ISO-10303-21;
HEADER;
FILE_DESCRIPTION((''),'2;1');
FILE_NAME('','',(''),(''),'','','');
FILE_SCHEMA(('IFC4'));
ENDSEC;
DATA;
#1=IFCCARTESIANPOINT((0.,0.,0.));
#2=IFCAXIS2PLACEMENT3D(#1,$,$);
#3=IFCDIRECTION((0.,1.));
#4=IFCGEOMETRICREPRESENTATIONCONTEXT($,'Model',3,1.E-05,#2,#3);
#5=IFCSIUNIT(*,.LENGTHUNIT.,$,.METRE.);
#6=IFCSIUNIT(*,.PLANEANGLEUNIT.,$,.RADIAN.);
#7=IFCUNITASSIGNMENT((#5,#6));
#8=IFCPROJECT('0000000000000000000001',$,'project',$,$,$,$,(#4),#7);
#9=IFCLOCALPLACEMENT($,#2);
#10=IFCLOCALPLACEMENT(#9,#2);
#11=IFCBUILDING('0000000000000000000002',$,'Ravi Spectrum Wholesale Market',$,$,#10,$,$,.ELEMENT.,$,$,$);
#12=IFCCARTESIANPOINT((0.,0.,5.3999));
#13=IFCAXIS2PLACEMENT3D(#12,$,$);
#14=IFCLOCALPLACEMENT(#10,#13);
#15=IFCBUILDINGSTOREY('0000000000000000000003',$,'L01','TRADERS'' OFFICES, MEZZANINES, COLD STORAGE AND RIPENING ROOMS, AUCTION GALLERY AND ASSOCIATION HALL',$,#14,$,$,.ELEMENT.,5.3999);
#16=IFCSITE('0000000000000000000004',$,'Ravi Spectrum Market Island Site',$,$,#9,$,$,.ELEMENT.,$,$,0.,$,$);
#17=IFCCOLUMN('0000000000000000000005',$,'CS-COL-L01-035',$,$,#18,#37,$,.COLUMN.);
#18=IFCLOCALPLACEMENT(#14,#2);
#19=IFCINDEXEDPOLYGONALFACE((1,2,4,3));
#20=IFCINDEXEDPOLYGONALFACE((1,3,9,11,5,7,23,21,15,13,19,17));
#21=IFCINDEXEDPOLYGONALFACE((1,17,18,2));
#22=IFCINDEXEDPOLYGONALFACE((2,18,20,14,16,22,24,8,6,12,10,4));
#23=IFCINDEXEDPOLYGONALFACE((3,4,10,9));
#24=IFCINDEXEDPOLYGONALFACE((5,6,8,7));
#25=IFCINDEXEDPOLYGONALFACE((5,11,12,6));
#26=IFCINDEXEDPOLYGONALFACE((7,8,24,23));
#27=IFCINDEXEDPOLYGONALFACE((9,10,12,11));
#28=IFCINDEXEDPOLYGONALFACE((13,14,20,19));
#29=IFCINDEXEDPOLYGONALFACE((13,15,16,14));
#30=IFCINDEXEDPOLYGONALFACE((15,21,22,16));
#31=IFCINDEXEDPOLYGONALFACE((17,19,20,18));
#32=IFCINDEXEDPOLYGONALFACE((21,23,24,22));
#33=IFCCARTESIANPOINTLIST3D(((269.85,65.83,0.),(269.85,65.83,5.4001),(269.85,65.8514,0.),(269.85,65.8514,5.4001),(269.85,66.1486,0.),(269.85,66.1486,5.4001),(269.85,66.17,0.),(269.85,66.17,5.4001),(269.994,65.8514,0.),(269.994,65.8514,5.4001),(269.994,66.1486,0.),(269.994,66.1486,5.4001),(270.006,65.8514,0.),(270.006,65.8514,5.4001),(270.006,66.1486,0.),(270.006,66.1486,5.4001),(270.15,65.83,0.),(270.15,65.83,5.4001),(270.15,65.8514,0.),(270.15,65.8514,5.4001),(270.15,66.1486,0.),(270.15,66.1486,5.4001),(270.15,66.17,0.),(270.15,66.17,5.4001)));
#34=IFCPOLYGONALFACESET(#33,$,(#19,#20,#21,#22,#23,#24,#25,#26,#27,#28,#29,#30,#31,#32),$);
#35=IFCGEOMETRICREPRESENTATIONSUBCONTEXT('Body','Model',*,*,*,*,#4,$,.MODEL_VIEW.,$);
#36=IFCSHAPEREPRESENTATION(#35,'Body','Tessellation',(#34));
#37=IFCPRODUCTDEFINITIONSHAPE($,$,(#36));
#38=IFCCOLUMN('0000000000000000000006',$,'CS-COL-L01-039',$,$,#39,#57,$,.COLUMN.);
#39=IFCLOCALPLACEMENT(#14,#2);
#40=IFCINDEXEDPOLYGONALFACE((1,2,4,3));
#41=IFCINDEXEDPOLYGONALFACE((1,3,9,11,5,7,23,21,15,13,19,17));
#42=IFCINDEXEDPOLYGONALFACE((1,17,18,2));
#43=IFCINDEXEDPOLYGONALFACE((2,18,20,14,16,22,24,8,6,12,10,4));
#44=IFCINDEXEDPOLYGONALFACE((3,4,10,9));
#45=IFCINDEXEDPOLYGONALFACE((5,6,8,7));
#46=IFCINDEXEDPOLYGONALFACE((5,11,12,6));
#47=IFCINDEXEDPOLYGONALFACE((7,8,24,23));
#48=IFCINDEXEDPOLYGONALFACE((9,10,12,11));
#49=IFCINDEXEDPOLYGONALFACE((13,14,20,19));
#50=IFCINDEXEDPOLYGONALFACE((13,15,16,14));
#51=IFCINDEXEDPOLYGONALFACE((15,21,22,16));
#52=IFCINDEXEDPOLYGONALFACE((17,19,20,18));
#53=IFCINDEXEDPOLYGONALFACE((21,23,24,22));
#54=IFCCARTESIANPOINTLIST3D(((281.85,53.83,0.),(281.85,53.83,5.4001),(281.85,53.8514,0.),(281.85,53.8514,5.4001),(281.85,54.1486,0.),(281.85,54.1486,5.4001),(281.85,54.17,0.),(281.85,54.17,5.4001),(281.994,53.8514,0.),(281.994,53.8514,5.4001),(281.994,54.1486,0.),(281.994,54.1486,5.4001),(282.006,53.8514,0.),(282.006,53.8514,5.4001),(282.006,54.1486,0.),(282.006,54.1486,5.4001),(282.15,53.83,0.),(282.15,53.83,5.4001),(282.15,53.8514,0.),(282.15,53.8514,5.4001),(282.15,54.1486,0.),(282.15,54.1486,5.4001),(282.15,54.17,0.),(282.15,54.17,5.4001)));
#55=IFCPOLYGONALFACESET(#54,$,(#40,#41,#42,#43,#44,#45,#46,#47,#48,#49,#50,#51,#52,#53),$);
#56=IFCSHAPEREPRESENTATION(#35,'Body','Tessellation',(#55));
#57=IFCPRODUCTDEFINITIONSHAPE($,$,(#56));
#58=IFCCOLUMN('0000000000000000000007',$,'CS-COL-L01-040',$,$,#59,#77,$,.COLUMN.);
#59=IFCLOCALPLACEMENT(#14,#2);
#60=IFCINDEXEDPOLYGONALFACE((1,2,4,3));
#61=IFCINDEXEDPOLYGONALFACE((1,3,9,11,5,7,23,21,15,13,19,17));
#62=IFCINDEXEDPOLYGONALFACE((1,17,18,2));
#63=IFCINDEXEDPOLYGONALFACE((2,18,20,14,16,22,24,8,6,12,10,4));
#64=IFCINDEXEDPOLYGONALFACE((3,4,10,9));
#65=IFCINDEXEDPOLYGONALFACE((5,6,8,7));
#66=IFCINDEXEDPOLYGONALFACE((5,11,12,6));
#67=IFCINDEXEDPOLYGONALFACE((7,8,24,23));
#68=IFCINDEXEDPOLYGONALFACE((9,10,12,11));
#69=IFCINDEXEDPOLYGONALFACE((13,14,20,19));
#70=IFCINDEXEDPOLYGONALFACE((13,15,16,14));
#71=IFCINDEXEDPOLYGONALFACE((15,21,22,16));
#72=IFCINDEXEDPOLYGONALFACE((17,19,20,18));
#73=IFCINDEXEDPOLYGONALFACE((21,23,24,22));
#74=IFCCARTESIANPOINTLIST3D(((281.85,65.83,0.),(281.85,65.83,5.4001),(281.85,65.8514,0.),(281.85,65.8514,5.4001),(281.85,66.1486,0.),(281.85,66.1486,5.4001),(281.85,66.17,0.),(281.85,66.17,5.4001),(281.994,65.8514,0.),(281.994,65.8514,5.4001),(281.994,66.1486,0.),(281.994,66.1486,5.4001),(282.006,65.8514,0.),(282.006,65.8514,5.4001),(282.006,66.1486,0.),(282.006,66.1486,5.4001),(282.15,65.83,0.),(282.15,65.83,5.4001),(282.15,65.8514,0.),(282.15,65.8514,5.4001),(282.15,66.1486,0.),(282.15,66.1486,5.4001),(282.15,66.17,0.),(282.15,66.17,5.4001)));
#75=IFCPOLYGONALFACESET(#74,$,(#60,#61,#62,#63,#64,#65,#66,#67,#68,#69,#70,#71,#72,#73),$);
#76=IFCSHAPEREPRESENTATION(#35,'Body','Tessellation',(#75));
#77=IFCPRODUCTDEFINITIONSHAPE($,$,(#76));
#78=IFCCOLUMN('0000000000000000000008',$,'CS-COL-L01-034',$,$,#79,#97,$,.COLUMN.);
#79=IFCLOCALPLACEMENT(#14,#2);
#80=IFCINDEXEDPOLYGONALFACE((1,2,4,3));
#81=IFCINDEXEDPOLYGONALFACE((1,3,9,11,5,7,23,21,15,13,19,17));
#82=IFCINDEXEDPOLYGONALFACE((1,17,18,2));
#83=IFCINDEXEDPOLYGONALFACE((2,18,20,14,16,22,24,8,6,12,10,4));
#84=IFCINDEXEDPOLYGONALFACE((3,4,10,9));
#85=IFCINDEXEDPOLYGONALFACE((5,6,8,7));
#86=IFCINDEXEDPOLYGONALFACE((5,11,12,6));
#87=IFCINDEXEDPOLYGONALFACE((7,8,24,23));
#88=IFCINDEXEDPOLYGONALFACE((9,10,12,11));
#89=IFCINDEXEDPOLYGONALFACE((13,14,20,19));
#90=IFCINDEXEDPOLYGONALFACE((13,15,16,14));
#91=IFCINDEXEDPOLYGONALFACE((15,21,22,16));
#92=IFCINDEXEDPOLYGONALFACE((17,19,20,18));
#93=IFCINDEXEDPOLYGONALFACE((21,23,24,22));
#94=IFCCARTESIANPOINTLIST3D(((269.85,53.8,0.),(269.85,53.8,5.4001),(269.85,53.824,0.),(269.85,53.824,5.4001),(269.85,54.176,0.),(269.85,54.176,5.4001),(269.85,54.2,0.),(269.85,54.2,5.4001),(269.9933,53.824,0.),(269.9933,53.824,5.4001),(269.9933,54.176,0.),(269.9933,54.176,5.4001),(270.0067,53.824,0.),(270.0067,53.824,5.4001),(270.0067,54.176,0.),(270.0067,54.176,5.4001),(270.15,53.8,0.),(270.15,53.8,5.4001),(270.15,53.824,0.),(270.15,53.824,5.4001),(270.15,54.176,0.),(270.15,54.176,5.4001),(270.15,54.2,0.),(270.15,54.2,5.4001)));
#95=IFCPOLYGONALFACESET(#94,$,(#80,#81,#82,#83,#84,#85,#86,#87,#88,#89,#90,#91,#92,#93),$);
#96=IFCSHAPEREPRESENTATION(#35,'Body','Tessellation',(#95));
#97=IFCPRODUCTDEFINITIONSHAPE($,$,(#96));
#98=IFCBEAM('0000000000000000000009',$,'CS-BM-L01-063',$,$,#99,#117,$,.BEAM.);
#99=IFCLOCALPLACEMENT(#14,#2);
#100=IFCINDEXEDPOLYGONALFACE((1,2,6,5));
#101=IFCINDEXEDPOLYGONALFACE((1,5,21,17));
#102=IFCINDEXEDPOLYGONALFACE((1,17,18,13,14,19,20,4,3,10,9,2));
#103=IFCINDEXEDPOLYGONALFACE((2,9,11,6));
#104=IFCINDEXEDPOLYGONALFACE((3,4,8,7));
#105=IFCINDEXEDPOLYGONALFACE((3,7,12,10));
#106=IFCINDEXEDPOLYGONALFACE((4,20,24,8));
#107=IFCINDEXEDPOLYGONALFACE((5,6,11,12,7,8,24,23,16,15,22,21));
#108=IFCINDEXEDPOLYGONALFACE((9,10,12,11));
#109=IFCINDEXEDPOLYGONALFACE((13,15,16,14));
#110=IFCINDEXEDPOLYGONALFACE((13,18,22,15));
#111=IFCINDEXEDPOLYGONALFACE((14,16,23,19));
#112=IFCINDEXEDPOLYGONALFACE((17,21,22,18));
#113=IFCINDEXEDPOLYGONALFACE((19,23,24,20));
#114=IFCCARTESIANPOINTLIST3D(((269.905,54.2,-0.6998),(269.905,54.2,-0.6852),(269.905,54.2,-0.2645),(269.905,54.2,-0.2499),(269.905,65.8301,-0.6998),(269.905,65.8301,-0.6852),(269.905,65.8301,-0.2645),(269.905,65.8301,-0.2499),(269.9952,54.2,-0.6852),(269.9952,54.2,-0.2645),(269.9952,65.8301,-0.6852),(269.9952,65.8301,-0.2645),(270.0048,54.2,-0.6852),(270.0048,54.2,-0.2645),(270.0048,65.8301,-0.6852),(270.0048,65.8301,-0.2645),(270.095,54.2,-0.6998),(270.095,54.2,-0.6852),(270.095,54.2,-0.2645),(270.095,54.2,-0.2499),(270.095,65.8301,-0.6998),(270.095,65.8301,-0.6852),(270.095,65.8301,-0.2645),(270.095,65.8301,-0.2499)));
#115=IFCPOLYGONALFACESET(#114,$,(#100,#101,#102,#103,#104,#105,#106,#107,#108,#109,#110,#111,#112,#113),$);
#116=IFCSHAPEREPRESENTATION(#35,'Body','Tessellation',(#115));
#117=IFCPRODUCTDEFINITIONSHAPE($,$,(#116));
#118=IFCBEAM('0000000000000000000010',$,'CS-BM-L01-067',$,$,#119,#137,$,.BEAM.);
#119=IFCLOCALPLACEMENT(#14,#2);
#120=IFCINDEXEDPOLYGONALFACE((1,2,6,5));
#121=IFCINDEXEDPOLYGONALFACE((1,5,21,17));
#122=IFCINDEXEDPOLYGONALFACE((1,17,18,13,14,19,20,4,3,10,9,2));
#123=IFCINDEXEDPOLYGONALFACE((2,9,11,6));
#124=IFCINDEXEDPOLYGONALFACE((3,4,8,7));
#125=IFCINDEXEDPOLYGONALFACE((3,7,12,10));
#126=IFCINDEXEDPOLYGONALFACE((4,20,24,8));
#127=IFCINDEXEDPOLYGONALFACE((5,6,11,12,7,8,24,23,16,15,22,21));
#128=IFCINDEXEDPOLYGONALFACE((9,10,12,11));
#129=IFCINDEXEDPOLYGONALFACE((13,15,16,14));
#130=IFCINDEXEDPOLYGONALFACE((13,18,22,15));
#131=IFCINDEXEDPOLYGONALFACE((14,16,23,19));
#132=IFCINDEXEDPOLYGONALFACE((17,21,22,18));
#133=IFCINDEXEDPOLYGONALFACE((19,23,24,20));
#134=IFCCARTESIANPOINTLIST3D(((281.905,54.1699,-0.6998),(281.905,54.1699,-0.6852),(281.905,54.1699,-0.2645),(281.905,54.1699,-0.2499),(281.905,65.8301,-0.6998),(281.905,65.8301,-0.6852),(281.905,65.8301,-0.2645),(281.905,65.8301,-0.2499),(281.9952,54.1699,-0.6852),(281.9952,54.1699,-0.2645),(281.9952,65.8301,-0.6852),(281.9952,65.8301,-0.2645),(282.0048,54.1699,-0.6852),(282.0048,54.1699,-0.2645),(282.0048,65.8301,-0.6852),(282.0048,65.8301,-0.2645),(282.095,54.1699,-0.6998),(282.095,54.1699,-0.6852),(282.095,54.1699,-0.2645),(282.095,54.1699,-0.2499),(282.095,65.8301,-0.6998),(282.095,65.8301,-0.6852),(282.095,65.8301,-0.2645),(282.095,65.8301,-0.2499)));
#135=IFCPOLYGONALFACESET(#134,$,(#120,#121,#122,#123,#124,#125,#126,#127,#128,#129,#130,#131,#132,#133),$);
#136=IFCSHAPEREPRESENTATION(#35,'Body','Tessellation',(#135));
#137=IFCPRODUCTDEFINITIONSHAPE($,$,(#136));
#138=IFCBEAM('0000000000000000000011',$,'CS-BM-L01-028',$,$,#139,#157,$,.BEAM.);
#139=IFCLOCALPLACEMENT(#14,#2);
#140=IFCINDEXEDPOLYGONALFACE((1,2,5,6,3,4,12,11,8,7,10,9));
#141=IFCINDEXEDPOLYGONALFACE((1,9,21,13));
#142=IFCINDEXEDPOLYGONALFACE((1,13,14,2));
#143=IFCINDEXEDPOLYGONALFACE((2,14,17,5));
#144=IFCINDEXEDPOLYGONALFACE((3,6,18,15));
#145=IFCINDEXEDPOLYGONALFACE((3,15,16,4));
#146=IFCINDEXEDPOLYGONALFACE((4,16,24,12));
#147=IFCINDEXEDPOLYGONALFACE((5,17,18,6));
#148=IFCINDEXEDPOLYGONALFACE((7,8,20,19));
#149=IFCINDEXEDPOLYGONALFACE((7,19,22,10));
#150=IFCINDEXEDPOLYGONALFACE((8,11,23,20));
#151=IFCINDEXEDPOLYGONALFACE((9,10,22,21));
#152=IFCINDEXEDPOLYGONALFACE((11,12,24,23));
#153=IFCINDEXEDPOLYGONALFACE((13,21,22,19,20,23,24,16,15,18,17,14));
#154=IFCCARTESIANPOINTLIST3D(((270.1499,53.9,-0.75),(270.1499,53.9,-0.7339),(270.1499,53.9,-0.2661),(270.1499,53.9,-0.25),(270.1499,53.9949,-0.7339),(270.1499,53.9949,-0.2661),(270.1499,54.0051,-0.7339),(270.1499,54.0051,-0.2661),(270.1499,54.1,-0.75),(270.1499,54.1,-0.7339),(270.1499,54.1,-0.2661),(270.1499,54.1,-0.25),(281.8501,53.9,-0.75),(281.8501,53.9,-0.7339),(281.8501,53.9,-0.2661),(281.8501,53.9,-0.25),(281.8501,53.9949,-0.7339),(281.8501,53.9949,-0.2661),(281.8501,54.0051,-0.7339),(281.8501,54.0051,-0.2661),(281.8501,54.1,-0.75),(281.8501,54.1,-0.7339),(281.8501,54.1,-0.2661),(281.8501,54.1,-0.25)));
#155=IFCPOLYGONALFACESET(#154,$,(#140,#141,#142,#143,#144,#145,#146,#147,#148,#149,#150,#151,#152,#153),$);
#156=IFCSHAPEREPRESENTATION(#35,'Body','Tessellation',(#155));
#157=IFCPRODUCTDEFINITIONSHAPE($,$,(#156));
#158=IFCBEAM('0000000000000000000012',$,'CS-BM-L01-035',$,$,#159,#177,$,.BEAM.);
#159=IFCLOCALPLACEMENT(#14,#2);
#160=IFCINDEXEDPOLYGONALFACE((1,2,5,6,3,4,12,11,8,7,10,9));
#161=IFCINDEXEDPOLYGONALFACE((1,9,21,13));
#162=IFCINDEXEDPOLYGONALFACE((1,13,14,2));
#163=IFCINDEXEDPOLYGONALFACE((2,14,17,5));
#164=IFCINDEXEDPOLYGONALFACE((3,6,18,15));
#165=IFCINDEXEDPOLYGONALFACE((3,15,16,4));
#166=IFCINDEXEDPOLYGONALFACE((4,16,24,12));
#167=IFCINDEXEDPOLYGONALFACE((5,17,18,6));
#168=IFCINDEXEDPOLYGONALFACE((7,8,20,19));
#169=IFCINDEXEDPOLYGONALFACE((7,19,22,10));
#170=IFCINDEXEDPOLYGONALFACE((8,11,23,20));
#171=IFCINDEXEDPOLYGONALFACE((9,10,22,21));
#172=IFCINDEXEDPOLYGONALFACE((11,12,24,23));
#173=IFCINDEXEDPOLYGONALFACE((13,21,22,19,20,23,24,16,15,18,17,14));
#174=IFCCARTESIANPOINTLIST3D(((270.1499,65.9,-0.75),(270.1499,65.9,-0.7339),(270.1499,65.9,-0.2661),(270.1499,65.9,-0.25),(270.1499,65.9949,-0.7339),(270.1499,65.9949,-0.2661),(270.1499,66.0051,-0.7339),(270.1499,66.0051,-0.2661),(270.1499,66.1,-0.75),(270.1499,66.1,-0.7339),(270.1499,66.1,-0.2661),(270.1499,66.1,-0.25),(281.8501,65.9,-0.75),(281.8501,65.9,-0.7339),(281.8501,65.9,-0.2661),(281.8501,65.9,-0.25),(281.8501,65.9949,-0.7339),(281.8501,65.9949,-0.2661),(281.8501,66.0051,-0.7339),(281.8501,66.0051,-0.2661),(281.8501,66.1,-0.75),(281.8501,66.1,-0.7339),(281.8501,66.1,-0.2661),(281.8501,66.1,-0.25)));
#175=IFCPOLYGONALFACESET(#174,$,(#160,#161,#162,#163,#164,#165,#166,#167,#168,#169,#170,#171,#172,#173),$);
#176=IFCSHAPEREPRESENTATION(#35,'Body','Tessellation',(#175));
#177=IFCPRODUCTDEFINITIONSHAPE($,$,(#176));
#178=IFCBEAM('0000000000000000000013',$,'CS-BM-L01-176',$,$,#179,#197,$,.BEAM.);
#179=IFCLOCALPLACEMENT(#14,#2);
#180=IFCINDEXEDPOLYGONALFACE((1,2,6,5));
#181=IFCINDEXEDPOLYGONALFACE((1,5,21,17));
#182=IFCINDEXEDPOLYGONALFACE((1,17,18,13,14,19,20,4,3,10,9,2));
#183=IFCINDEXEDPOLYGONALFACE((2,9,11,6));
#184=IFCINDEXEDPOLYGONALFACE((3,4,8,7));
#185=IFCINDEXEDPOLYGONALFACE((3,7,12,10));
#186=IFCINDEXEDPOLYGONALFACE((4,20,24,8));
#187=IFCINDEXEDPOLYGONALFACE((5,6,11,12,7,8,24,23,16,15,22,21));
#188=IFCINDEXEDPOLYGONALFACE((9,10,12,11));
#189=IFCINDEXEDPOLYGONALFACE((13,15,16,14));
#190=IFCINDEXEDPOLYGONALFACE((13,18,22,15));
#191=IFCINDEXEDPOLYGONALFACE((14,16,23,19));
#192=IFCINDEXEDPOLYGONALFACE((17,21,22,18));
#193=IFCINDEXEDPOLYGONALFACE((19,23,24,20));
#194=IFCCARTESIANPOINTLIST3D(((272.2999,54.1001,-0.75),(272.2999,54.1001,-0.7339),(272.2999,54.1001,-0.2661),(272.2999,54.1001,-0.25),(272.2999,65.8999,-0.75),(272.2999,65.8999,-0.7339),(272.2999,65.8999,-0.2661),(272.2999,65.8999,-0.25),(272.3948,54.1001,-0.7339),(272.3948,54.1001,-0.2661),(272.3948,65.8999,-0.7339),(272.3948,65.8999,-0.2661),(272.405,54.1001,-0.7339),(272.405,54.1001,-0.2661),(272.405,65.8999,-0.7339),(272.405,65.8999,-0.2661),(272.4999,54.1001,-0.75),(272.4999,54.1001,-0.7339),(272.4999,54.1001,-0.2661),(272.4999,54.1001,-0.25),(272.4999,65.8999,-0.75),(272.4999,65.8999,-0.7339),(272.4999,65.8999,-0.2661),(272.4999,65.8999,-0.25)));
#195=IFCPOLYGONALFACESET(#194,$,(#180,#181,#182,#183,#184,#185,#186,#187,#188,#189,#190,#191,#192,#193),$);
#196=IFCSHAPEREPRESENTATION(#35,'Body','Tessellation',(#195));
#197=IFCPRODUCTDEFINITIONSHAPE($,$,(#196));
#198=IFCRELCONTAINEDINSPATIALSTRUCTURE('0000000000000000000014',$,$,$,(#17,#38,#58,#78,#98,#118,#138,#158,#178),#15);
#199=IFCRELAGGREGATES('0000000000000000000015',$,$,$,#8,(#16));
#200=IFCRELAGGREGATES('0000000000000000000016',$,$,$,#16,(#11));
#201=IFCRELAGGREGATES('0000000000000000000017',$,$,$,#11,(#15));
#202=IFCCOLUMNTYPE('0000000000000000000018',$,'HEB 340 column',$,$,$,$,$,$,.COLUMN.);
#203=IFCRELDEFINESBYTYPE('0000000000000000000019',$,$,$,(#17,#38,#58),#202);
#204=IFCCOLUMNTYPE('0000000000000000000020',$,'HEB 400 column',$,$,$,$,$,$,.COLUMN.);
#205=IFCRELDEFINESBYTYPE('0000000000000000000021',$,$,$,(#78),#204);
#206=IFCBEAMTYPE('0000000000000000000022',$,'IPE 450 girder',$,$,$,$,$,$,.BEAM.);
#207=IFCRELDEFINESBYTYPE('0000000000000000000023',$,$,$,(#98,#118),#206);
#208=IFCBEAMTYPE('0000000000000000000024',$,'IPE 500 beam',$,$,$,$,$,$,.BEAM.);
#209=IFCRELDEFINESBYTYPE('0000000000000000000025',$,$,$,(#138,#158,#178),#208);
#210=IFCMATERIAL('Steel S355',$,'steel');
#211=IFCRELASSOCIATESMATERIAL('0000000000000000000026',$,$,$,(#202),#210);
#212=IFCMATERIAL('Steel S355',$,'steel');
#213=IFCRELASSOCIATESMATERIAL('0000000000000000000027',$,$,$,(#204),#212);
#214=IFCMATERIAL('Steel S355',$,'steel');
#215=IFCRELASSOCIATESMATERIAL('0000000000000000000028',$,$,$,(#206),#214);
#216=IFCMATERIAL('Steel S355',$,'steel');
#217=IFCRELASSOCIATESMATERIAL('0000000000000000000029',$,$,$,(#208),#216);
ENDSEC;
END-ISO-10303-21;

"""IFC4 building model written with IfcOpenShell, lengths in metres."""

from ifc_helpers import new_model, si_unit, direction, frame, origin, origin_2d, place, context, subcontext, project, spatial, i_section, extrude, material, material_profile, profile_set, type_object, element, save


model = new_model("IFC4")

# Units and contexts
model_context = context("Model", 3, precision=1e-05, world=origin(), true_north=direction((0.0, 1.0)))
body_context = subcontext(model_context, "Body", "Model", "MODEL_VIEW")
ifc_project = project(units=[si_unit("LENGTHUNIT", "METRE"), si_unit("PLANEANGLEUNIT", "RADIAN")], contexts=[model_context])

# Site, building, storey
site_placement = place(None, origin())
site = spatial("IfcSite", under=ifc_project, at=site_placement, Name="Ravi Spectrum Market Island Site", CompositionType="ELEMENT", RefElevation=0.0)
building_placement = place(site_placement, origin())
building = spatial("IfcBuilding", under=site, at=building_placement, Name="Ravi Spectrum Wholesale Market", CompositionType="ELEMENT")
storey_placement = place(building_placement, frame((0.0, 0.0, 5.3999)))
storey = spatial("IfcBuildingStorey", under=building, at=storey_placement, Name="L01", Description="TRADERS' OFFICES, MEZZANINES, COLD STORAGE AND RIPENING ROOMS, AUCTION GALLERY AND ASSOCIATION HALL", CompositionType="ELEMENT", Elevation=5.3999)

# Columns
ifc_material_1 = material(Name="Steel S355", Category="steel")
ifc_material_profile_1 = material_profile(ifc_material_1, i_section(OverallWidth=0.3, OverallDepth=0.3401, WebThickness=0.012, FlangeThickness=0.0215, at=origin_2d()))
ifc_profile_set_1 = profile_set([ifc_material_profile_1], Name="Steel S355")
column_type_1 = type_object("IfcColumnType", Name="HEB 340 column", PredefinedType="COLUMN", material=ifc_profile_set_1)
for number, where, z_axis, x_axis, name in (
    (1, (270.0, 66.0, 0.0), (0.0, 0.0, 1.0), (1.0, 0.0, 0.0), "CS-COL-L01-035"),
    (2, (282.0, 54.0, 0.0), (0.0, 0.0, 1.0), (1.0, 0.0, 0.0), "CS-COL-L01-039"),
    (3, (282.0, 66.0, 0.0), (0.0, 0.0, 1.0), (1.0, 0.0, 0.0), "CS-COL-L01-040"),
):
    element("IfcColumn", number, at=place(storey_placement, frame(where, z_axis=z_axis, x_axis=x_axis)), inside=storey, type_object=column_type_1, Name=name, PredefinedType="COLUMN", context=body_context, shape_type="SweptSolid", body=[
        extrude(i_section(OverallWidth=0.3, OverallDepth=0.3401, WebThickness=0.012, FlangeThickness=0.0215, at=origin_2d()), origin(), (0.0, 0.0, 1.0), 5.4001),
    ])
ifc_material_2 = material(Name="Steel S355", Category="steel")
ifc_material_profile_2 = material_profile(ifc_material_2, i_section(OverallWidth=0.3, OverallDepth=0.3999, WebThickness=0.0134, FlangeThickness=0.0239, at=origin_2d()))
ifc_profile_set_2 = profile_set([ifc_material_profile_2], Name="Steel S355")
column_type_2 = type_object("IfcColumnType", Name="HEB 400 column", PredefinedType="COLUMN", material=ifc_profile_set_2)
column_placement = place(storey_placement, frame((270.0, 54.0, 0.0), z_axis=(0.0, 0.0, 1.0), x_axis=(1.0, 0.0, 0.0)))
element("IfcColumn", 4, at=column_placement, inside=storey, type_object=column_type_2, Name="CS-COL-L01-034", PredefinedType="COLUMN", context=body_context, shape_type="SweptSolid", body=[
    extrude(i_section(OverallWidth=0.3, OverallDepth=0.3999, WebThickness=0.0134, FlangeThickness=0.0239, at=origin_2d()), origin(), (0.0, 0.0, 1.0), 5.4001),
])

# Beams
ifc_material_3 = material(Name="Steel S355", Category="steel")
ifc_material_profile_3 = material_profile(ifc_material_3, i_section(OverallWidth=0.1899, OverallDepth=0.45, WebThickness=0.0095, FlangeThickness=0.0146, at=origin_2d()))
ifc_profile_set_3 = profile_set([ifc_material_profile_3], Name="Steel S355")
beam_type_1 = type_object("IfcBeamType", Name="IPE 450 girder", PredefinedType="BEAM", material=ifc_profile_set_3)
beam_1_placement = place(storey_placement, frame((270.0, 54.2, -0.4749), z_axis=(0.0, 1.0, 0.0), x_axis=(-1.0, 0.0, 0.0)))
element("IfcBeam", 5, at=beam_1_placement, inside=storey, type_object=beam_type_1, Name="CS-BM-L01-063", PredefinedType="BEAM", context=body_context, shape_type="SweptSolid", body=[
    extrude(i_section(OverallWidth=0.1899, OverallDepth=0.45, WebThickness=0.0095, FlangeThickness=0.0146, at=origin_2d()), origin(), (0.0, 0.0, 1.0), 11.6301),
])
beam_2_placement = place(storey_placement, frame((282.0, 54.1699, -0.4749), z_axis=(0.0, 1.0, 0.0), x_axis=(-1.0, 0.0, 0.0)))
element("IfcBeam", 6, at=beam_2_placement, inside=storey, type_object=beam_type_1, Name="CS-BM-L01-067", PredefinedType="BEAM", context=body_context, shape_type="SweptSolid", body=[
    extrude(i_section(OverallWidth=0.1899, OverallDepth=0.45, WebThickness=0.0095, FlangeThickness=0.0146, at=origin_2d()), origin(), (0.0, 0.0, 1.0), 11.6602),
])
ifc_material_4 = material(Name="Steel S355", Category="steel")
ifc_material_profile_4 = material_profile(ifc_material_4, i_section(OverallWidth=0.2, OverallDepth=0.5, WebThickness=0.0103, FlangeThickness=0.0161, at=origin_2d()))
ifc_profile_set_4 = profile_set([ifc_material_profile_4], Name="Steel S355")
beam_type_2 = type_object("IfcBeamType", Name="IPE 500 beam", PredefinedType="BEAM", material=ifc_profile_set_4)
for number, where, z_axis, x_axis, name in (
    (7, (270.1499, 54.0, -0.5), (1.0, 0.0, 0.0), (0.0, 1.0, 0.0), "CS-BM-L01-028"),
    (8, (270.1499, 66.0, -0.5), (1.0, 0.0, 0.0), (0.0, 1.0, 0.0), "CS-BM-L01-035"),
):
    element("IfcBeam", number, at=place(storey_placement, frame(where, z_axis=z_axis, x_axis=x_axis)), inside=storey, type_object=beam_type_2, Name=name, PredefinedType="BEAM", context=body_context, shape_type="SweptSolid", body=[
        extrude(i_section(OverallWidth=0.2, OverallDepth=0.5, WebThickness=0.0103, FlangeThickness=0.0161, at=origin_2d()), origin(), (0.0, 0.0, 1.0), 11.7002),
    ])
for number, where, z_axis, x_axis, name in (
    (9, (272.3999, 54.1001, -0.5), (0.0, 1.0, 0.0), (-1.0, 0.0, 0.0), "CS-BM-L01-176"),
):
    element("IfcBeam", number, at=place(storey_placement, frame(where, z_axis=z_axis, x_axis=x_axis)), inside=storey, type_object=beam_type_2, Name=name, PredefinedType="BEAM", context=body_context, shape_type="SweptSolid", body=[
        extrude(i_section(OverallWidth=0.2, OverallDepth=0.5, WebThickness=0.0103, FlangeThickness=0.0161, at=origin_2d()), origin(), (0.0, 0.0, 1.0), 11.7998),
    ])

save(model, "model.ifc")
